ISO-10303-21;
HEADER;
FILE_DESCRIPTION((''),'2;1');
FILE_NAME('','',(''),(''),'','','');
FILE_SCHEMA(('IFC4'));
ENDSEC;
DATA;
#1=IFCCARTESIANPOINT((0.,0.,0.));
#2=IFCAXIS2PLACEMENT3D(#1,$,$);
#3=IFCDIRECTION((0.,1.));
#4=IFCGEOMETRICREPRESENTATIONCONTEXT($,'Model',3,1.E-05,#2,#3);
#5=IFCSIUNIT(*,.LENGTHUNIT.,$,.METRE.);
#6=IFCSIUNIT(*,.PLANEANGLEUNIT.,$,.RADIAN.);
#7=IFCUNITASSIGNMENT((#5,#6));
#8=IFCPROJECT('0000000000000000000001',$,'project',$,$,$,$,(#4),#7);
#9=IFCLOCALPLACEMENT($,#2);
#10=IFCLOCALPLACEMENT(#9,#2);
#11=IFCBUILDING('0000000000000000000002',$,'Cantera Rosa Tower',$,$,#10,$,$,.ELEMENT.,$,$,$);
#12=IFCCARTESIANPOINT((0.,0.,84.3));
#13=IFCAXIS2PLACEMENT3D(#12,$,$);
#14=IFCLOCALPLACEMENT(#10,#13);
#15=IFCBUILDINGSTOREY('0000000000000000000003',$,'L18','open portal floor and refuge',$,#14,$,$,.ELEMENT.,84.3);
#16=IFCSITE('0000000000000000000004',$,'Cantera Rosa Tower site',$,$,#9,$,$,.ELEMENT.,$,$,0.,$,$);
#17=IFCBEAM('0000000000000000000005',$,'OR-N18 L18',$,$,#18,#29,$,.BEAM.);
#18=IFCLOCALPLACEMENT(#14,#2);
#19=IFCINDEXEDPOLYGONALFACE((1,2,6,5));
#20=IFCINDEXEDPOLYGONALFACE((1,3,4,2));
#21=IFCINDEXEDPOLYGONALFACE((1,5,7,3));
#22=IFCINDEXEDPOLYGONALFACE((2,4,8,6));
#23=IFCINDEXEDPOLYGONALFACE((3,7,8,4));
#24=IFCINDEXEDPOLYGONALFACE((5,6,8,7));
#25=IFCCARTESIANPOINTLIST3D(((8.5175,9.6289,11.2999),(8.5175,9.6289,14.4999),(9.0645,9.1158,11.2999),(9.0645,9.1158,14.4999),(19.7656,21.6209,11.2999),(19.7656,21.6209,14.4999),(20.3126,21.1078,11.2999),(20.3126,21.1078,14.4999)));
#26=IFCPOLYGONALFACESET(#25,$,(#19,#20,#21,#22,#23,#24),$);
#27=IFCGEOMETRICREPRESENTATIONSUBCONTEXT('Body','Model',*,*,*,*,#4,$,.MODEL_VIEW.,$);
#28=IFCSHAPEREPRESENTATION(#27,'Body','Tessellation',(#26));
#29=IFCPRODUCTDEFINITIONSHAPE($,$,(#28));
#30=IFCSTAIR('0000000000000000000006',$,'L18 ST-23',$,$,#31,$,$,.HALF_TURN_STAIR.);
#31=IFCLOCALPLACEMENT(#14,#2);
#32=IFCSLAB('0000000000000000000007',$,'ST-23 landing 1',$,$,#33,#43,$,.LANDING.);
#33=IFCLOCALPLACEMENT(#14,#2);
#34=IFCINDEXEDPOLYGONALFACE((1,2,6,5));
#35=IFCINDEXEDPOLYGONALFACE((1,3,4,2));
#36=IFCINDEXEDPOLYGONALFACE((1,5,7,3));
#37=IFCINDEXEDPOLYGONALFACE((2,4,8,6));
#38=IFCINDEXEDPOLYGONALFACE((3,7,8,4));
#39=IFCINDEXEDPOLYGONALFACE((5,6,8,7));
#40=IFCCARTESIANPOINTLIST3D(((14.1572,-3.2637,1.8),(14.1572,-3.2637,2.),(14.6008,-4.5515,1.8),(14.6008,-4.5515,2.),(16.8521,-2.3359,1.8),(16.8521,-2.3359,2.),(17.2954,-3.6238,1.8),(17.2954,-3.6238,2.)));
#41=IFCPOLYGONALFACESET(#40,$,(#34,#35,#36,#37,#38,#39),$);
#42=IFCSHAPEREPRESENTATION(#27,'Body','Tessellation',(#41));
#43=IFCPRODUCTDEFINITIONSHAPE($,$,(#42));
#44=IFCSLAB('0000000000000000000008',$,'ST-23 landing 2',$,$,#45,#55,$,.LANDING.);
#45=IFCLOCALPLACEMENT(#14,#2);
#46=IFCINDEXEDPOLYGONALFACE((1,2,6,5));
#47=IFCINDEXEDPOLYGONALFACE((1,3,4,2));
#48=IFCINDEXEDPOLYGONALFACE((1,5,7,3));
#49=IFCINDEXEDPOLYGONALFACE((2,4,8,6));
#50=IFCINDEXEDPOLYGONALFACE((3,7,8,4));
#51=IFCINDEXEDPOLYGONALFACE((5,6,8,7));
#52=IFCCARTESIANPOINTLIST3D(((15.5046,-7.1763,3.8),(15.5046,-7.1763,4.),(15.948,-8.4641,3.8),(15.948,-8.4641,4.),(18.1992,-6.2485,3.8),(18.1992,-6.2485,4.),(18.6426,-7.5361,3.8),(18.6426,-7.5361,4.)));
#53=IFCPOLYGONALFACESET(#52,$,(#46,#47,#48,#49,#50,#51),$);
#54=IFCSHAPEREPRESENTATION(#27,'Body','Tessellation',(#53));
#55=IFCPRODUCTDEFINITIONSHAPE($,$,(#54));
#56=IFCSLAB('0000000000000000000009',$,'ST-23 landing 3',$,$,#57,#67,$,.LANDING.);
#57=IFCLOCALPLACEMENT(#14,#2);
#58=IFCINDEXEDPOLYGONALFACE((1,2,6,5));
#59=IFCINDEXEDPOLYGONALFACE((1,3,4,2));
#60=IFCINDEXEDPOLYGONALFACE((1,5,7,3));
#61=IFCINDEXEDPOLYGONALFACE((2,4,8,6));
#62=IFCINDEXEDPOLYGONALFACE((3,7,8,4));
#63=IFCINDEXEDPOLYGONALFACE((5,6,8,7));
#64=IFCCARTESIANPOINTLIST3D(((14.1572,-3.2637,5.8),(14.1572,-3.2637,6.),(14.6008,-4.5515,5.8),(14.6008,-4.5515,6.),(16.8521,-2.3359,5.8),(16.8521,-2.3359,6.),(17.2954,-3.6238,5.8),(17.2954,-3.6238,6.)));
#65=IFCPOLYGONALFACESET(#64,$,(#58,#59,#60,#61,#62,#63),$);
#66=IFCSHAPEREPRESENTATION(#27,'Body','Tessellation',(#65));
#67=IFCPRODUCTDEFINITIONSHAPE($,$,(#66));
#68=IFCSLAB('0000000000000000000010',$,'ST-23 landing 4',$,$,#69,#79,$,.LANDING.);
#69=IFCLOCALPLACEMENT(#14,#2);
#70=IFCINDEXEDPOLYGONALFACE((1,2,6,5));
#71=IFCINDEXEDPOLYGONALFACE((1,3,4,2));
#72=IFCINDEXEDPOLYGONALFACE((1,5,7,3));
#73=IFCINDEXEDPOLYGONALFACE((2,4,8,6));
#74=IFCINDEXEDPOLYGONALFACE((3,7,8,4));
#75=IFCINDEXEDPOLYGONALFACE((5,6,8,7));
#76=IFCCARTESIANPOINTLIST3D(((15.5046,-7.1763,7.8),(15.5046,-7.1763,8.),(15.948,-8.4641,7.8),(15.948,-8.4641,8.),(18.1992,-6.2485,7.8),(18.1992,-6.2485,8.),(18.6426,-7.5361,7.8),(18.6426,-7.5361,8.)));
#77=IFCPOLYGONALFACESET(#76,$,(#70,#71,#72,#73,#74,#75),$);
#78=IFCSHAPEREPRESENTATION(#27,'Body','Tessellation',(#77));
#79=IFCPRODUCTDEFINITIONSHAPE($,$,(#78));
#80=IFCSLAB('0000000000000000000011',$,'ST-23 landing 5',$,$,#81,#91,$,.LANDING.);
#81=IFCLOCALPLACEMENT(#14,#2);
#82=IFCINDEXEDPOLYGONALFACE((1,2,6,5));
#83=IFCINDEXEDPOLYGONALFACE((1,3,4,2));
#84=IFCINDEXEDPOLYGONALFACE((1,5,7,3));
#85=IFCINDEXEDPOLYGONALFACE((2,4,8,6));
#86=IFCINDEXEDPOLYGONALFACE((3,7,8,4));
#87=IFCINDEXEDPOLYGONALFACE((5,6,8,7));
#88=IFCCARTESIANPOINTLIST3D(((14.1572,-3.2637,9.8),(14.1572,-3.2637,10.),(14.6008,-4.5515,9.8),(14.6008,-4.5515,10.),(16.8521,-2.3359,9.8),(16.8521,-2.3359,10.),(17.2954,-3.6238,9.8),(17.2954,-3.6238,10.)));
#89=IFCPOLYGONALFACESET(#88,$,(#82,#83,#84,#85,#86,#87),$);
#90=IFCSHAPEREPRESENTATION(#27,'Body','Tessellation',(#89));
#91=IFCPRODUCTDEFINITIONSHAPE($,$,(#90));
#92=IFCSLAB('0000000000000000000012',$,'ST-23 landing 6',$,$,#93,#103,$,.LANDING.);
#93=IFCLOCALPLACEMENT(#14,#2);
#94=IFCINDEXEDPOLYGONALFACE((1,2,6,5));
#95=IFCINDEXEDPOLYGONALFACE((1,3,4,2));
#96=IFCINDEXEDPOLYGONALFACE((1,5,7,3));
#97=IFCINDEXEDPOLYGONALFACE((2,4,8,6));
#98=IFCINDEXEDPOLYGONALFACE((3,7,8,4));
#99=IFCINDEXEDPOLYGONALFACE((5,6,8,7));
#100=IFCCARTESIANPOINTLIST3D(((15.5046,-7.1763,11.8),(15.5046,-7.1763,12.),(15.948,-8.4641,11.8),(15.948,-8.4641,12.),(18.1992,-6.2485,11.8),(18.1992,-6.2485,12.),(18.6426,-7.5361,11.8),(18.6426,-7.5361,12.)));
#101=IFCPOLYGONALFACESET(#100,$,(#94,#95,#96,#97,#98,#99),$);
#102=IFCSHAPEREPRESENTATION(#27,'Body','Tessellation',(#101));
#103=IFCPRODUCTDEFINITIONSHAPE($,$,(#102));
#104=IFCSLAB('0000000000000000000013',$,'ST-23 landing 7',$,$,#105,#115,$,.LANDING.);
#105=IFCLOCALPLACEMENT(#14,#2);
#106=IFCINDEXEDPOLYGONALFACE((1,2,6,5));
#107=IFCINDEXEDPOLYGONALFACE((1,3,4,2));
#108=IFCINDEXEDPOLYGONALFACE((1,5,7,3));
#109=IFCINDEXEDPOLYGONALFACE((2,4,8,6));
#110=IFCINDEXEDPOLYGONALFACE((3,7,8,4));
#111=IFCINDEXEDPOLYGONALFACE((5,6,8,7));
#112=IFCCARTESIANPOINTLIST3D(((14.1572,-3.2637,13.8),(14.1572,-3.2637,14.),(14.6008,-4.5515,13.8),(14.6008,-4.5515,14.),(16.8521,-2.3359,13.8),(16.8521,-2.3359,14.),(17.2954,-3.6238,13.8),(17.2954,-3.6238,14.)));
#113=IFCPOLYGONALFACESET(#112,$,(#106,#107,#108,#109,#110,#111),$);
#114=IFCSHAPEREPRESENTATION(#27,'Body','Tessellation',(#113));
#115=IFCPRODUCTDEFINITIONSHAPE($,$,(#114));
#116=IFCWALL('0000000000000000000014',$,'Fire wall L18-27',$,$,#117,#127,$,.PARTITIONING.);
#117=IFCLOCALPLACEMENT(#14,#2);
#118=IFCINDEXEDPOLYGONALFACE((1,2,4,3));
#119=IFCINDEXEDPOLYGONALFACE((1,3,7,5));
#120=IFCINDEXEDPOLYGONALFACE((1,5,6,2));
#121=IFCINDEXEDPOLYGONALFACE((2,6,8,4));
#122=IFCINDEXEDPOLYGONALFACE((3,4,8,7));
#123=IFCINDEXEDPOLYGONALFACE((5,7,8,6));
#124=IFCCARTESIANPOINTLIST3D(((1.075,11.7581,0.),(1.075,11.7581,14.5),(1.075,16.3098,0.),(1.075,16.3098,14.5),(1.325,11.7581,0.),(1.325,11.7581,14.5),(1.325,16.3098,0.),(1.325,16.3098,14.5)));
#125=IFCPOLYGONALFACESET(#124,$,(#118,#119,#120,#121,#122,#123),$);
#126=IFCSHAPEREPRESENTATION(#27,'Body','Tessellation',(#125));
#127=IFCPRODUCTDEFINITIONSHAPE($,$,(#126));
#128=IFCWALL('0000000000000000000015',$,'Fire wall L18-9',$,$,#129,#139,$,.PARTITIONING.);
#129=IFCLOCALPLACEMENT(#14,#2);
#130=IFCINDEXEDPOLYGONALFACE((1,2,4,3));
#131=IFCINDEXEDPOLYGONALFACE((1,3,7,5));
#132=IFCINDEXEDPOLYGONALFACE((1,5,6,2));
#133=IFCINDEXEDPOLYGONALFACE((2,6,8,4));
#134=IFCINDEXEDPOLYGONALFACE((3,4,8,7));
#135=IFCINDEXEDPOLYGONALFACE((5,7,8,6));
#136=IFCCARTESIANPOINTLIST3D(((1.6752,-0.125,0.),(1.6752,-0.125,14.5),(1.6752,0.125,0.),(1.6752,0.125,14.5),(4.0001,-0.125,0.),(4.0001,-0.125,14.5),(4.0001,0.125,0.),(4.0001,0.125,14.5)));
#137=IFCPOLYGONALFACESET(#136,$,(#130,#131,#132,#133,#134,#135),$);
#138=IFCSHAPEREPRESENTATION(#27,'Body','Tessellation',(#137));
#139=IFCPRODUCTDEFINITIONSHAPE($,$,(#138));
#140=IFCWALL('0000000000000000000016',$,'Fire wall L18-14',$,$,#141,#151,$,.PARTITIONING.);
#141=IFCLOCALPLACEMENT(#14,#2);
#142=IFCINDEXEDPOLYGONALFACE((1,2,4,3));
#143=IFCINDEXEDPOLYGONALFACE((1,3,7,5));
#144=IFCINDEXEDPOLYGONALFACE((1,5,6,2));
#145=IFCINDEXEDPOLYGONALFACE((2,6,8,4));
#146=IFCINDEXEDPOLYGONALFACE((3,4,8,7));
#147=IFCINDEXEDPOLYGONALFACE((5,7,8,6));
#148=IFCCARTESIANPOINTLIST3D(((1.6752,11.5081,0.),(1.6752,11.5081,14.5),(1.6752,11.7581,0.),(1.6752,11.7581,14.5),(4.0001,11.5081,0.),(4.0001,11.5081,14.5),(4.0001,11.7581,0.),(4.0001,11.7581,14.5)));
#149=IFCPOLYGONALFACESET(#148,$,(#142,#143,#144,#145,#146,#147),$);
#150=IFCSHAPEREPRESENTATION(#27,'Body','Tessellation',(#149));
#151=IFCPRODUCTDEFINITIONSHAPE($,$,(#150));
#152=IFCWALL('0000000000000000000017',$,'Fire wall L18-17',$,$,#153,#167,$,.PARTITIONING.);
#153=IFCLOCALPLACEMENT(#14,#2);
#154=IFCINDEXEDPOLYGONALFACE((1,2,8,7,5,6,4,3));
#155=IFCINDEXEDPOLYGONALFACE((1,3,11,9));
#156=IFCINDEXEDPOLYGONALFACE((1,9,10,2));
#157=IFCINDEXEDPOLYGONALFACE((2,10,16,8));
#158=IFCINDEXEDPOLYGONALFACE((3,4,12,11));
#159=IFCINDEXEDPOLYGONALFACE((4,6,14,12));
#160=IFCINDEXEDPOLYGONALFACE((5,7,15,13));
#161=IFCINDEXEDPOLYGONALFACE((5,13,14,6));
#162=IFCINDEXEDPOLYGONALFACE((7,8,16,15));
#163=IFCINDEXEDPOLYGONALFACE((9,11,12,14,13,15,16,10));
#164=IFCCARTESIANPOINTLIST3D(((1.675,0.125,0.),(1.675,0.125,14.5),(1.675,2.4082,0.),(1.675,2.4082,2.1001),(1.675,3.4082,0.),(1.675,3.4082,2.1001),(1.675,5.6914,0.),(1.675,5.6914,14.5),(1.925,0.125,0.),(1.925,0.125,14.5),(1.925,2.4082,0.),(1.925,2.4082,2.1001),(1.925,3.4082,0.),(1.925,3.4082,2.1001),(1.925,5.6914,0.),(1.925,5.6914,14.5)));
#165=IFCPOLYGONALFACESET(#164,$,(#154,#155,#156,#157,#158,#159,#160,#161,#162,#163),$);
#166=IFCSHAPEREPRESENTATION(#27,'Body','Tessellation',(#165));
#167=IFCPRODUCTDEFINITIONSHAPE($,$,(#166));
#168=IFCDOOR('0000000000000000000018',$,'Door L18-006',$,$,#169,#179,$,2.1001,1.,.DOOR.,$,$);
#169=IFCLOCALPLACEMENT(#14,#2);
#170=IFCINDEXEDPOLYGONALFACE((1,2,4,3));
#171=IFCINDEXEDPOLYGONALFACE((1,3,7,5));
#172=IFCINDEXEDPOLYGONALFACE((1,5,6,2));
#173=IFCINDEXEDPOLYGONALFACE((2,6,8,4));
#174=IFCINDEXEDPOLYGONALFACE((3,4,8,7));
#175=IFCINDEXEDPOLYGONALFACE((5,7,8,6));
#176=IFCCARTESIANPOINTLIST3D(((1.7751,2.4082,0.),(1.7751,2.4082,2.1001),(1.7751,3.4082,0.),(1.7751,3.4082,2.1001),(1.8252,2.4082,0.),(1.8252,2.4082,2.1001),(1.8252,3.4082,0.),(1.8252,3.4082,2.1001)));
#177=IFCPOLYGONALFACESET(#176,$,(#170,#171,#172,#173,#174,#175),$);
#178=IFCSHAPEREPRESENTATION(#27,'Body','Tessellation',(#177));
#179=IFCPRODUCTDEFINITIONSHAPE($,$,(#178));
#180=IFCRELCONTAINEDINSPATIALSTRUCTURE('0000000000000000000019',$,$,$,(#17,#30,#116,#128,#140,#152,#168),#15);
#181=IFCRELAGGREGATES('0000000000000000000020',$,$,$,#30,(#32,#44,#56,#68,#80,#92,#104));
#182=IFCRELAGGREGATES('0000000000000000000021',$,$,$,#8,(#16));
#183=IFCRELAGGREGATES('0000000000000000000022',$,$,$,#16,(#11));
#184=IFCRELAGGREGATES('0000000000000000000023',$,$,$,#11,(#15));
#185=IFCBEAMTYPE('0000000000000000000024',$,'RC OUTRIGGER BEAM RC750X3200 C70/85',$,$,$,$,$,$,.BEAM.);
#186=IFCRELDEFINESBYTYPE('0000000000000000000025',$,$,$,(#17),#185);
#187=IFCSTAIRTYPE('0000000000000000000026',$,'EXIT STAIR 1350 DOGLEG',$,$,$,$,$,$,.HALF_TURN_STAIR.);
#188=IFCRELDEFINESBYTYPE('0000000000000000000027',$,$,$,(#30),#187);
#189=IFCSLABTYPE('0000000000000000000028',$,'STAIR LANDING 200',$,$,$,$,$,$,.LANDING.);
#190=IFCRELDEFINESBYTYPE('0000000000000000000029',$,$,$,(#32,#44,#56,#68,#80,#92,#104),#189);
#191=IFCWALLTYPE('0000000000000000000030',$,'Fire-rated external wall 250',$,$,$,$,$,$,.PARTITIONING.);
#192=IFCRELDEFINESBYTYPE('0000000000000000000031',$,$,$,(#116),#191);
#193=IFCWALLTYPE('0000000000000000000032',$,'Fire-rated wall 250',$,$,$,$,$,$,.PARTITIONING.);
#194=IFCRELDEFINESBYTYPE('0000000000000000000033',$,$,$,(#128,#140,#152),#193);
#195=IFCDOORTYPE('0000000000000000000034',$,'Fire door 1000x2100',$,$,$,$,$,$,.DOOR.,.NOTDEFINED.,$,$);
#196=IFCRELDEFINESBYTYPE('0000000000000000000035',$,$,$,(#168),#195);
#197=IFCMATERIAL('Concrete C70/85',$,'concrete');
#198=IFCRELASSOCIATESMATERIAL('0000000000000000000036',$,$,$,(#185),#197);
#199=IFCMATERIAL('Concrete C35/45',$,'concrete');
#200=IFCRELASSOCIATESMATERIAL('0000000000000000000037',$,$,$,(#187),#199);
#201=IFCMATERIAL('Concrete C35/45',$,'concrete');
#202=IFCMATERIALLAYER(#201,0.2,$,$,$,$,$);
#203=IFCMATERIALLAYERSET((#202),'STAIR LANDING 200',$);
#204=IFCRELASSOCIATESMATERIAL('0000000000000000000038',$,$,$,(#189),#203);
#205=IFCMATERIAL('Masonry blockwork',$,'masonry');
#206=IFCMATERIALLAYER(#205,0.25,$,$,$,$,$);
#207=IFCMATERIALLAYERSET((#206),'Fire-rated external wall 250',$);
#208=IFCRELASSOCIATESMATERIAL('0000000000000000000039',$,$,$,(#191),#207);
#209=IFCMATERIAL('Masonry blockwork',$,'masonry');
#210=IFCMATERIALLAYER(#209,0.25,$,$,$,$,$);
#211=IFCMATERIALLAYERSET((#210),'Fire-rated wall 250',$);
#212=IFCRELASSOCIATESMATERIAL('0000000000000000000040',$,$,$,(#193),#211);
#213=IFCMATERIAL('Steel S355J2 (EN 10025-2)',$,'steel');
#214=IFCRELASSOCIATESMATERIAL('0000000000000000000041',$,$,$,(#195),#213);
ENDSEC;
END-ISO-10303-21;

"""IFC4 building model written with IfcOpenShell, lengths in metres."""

from ifc_helpers import new_model, si_unit, direction, frame, frame_2d, origin, origin_2d, place, context, subcontext, project, spatial, polyline, rectangle, outline, extrude, material, layer, layer_set, material_profile, profile_set, type_object, element, fill, aggregate, save


model = new_model("IFC4")

# Units and contexts
model_context = context("Model", 3, precision=1e-05, world=origin(), true_north=direction((0.0, 1.0)))
body_context = subcontext(model_context, "Body", "Model", "MODEL_VIEW")
ifc_project = project(units=[si_unit("LENGTHUNIT", "METRE"), si_unit("PLANEANGLEUNIT", "RADIAN")], contexts=[model_context])

# Site, building, storey
site_placement = place(None, origin())
site = spatial("IfcSite", under=ifc_project, at=site_placement, Name="Cantera Rosa Tower site", CompositionType="ELEMENT", RefElevation=0.0)
building_placement = place(site_placement, origin())
building = spatial("IfcBuilding", under=site, at=building_placement, Name="Cantera Rosa Tower", CompositionType="ELEMENT")
storey_placement = place(building_placement, frame((0.0, 0.0, 84.3)))
storey = spatial("IfcBuildingStorey", under=building, at=storey_placement, Name="L18", Description="open portal floor and refuge", CompositionType="ELEMENT", Elevation=84.3)

# Beam
ifc_material_1 = material(Name="Concrete C70/85", Category="concrete")
ifc_material_profile = material_profile(ifc_material_1, rectangle(XDim=0.75, YDim=3.2, at=origin_2d()), Name="RC OUTRIGGER BEAM RC750X3200 C70/85")
ifc_profile_set = profile_set([ifc_material_profile], Name="Concrete C70/85")
beam_type = type_object("IfcBeamType", Name="RC OUTRIGGER BEAM RC750X3200 C70/85", PredefinedType="BEAM", material=ifc_profile_set)
beam_placement = place(storey_placement, frame((8.791, 9.3723, 12.8999), z_axis=(0.684122, 0.729367, 0.0), x_axis=(-0.729367, 0.684122, 0.0)))
element("IfcBeam", 1, at=beam_placement, inside=storey, type_object=beam_type, Name="OR-N18 L18", PredefinedType="BEAM", context=body_context, shape_type="SweptSolid", body=[
    extrude(rectangle(XDim=0.75, YDim=3.2, at=origin_2d()), origin(), (0.0, 0.0, 1.0), 16.4417),
])

# Stair, slabs
ifc_material_2 = material(Name="Concrete C35/45", Category="concrete")
stair_type = type_object("IfcStairType", Name="EXIT STAIR 1350 DOGLEG", PredefinedType="HALF_TURN_STAIR", material=ifc_material_2)
stair_1_placement = place(storey_placement, origin())
stair_1 = element("IfcStair", 2, at=stair_1_placement, inside=storey, type_object=stair_type, Name="L18 ST-23", PredefinedType="HALF_TURN_STAIR")
ifc_material_3 = material(Name="Concrete C35/45", Category="concrete")
ifc_layer_1 = layer(ifc_material_3, 0.2)
ifc_layer_set_1 = layer_set([ifc_layer_1], Name="STAIR LANDING 200")
slab_type = type_object("IfcSlabType", Name="STAIR LANDING 200", PredefinedType="LANDING", material=ifc_layer_set_1)
slab_1_placement = place(storey_placement, frame((0.0, 0.0, 1.8)))
slab_1 = element("IfcSlab", 3, at=slab_1_placement, type_object=slab_type, Name="ST-23 landing 1", PredefinedType="LANDING", context=body_context, shape_type="SweptSolid", body=[
    extrude(outline(polyline([(17.2954, -3.6238), (16.8521, -2.3359), (14.1572, -3.2637), (14.6008, -4.5515), (17.2954, -3.6238)])), origin(), (0.0, 0.0, 1.0), 0.2),
])
slab_2_placement = place(storey_placement, frame((0.0, 0.0, 3.8)))
slab_2 = element("IfcSlab", 4, at=slab_2_placement, type_object=slab_type, Name="ST-23 landing 2", PredefinedType="LANDING", context=body_context, shape_type="SweptSolid", body=[
    extrude(outline(polyline([(18.6426, -7.5361), (18.1992, -6.2485), (15.5046, -7.1763), (15.948, -8.4641), (18.6426, -7.5361)])), origin(), (0.0, 0.0, 1.0), 0.2),
])
slab_3_placement = place(storey_placement, frame((0.0, 0.0, 5.8)))
slab_3 = element("IfcSlab", 5, at=slab_3_placement, type_object=slab_type, Name="ST-23 landing 3", PredefinedType="LANDING", context=body_context, shape_type="SweptSolid", body=[
    extrude(outline(polyline([(17.2954, -3.6238), (16.8521, -2.3359), (14.1572, -3.2637), (14.6008, -4.5515), (17.2954, -3.6238)])), origin(), (0.0, 0.0, 1.0), 0.2),
])
slab_4_placement = place(storey_placement, frame((0.0, 0.0, 7.8)))
slab_4 = element("IfcSlab", 6, at=slab_4_placement, type_object=slab_type, Name="ST-23 landing 4", PredefinedType="LANDING", context=body_context, shape_type="SweptSolid", body=[
    extrude(outline(polyline([(18.6426, -7.5361), (18.1992, -6.2485), (15.5046, -7.1763), (15.948, -8.4641), (18.6426, -7.5361)])), origin(), (0.0, 0.0, 1.0), 0.2),
])
slab_5_placement = place(storey_placement, frame((0.0, 0.0, 9.8)))
slab_5 = element("IfcSlab", 7, at=slab_5_placement, type_object=slab_type, Name="ST-23 landing 5", PredefinedType="LANDING", context=body_context, shape_type="SweptSolid", body=[
    extrude(outline(polyline([(17.2954, -3.6238), (16.8521, -2.3359), (14.1572, -3.2637), (14.6008, -4.5515), (17.2954, -3.6238)])), origin(), (0.0, 0.0, 1.0), 0.2),
])
slab_6_placement = place(storey_placement, frame((0.0, 0.0, 11.8)))
slab_6 = element("IfcSlab", 8, at=slab_6_placement, type_object=slab_type, Name="ST-23 landing 6", PredefinedType="LANDING", context=body_context, shape_type="SweptSolid", body=[
    extrude(outline(polyline([(18.6426, -7.5361), (18.1992, -6.2485), (15.5046, -7.1763), (15.948, -8.4641), (18.6426, -7.5361)])), origin(), (0.0, 0.0, 1.0), 0.2),
])
slab_7_placement = place(storey_placement, frame((0.0, 0.0, 13.8)))
slab_7 = element("IfcSlab", 9, at=slab_7_placement, type_object=slab_type, Name="ST-23 landing 7", PredefinedType="LANDING", context=body_context, shape_type="SweptSolid", body=[
    extrude(outline(polyline([(17.2954, -3.6238), (16.8521, -2.3359), (14.1572, -3.2637), (14.6008, -4.5515), (17.2954, -3.6238)])), origin(), (0.0, 0.0, 1.0), 0.2),
])
aggregate(stair_1, [slab_1, slab_2, slab_3, slab_4, slab_5, slab_6, slab_7])

# Walls
ifc_material_4 = material(Name="Masonry blockwork", Category="masonry")
ifc_layer_2 = layer(ifc_material_4, 0.25)
ifc_layer_set_2 = layer_set([ifc_layer_2], Name="Fire-rated external wall 250")
wall_type_1 = type_object("IfcWallType", Name="Fire-rated external wall 250", PredefinedType="PARTITIONING", material=ifc_layer_set_2)
wall_1_placement = place(storey_placement, frame((1.2, 11.7581, 0.0), z_axis=(0.0, 0.0, 1.0), x_axis=(0.0, 1.0, 0.0)))
element("IfcWall", 10, at=wall_1_placement, inside=storey, type_object=wall_type_1, Name="Fire wall L18-27", PredefinedType="PARTITIONING", context=body_context, shape_type="SweptSolid", body=[
    extrude(rectangle(XDim=4.5518, YDim=0.25, at=frame_2d((2.2759, 0.0))), origin(), (0.0, 0.0, 1.0), 14.5),
])
ifc_material_5 = material(Name="Masonry blockwork", Category="masonry")
ifc_layer_3 = layer(ifc_material_5, 0.25)
ifc_layer_set_3 = layer_set([ifc_layer_3], Name="Fire-rated wall 250")
wall_type_2 = type_object("IfcWallType", Name="Fire-rated wall 250", PredefinedType="PARTITIONING", material=ifc_layer_set_3)
for number, where, z_axis, x_axis, name in (
    (11, (1.675, 0.0, 0.0), (0.0, 0.0, 1.0), (1.0, 0.0, 0.0), "Fire wall L18-9"),
    (12, (1.675, 11.6331, 0.0), (0.0, 0.0, 1.0), (1.0, 0.0, 0.0), "Fire wall L18-14"),
):
    element("IfcWall", number, at=place(storey_placement, frame(where, z_axis=z_axis, x_axis=x_axis)), inside=storey, type_object=wall_type_2, Name=name, PredefinedType="PARTITIONING", context=body_context, shape_type="SweptSolid", body=[
        extrude(rectangle(XDim=2.325, YDim=0.25, at=frame_2d((1.1626, 0.0))), origin(), (0.0, 0.0, 1.0), 14.5),
    ])

# Wall, opening, door
wall_2_placement = place(storey_placement, frame((1.8, 0.125, 0.0), z_axis=(0.0, 0.0, 1.0), x_axis=(0.0, 1.0, 0.0)))
wall_2 = element("IfcWall", 13, at=wall_2_placement, inside=storey, type_object=wall_type_2, Name="Fire wall L18-17", PredefinedType="PARTITIONING", context=body_context, shape_type="SweptSolid", body=[
    extrude(rectangle(XDim=5.5664, YDim=0.25, at=frame_2d((2.7832, 0.0))), origin(), (0.0, 0.0, 1.0), 14.5),
])
opening_1_placement = place(wall_2_placement, frame((2.2832, 0.0, 0.0)))
opening_1 = element("IfcOpeningElement", 14, at=opening_1_placement, cuts=wall_2, PredefinedType="OPENING", context=body_context, shape_type="SweptSolid", body=[
    extrude(rectangle(XDim=1.0, YDim=2.1001, at=frame_2d((0.5, 1.05))), frame((0.0, 0.135, 0.0), z_axis=(0.0, -1.0, 0.0), x_axis=(1.0, 0.0, 0.0)), (0.0, 0.0, 1.0), 0.27),
])
ifc_material_6 = material(Name="Steel S355J2 (EN 10025-2)", Category="steel")
door_type = type_object("IfcDoorType", Name="Fire door 1000x2100", OperationType="NOTDEFINED", PredefinedType="DOOR", material=ifc_material_6)
door_1_placement = place(opening_1_placement, origin())
door_1 = element("IfcDoor", 15, at=door_1_placement, inside=storey, type_object=door_type, Name="Door L18-006", OverallHeight=2.1001, OverallWidth=1.0, PredefinedType="DOOR", context=body_context, shape_type="SweptSolid", body=[
    extrude(rectangle(XDim=1.0, YDim=2.1001, at=frame_2d((0.5, 1.05))), frame((0.0, 0.0249, 0.0), z_axis=(0.0, -1.0, 0.0), x_axis=(1.0, 0.0, 0.0)), (0.0, 0.0, 1.0), 0.05),
])
fill(opening_1, door_1)

save(model, "model.ifc")
